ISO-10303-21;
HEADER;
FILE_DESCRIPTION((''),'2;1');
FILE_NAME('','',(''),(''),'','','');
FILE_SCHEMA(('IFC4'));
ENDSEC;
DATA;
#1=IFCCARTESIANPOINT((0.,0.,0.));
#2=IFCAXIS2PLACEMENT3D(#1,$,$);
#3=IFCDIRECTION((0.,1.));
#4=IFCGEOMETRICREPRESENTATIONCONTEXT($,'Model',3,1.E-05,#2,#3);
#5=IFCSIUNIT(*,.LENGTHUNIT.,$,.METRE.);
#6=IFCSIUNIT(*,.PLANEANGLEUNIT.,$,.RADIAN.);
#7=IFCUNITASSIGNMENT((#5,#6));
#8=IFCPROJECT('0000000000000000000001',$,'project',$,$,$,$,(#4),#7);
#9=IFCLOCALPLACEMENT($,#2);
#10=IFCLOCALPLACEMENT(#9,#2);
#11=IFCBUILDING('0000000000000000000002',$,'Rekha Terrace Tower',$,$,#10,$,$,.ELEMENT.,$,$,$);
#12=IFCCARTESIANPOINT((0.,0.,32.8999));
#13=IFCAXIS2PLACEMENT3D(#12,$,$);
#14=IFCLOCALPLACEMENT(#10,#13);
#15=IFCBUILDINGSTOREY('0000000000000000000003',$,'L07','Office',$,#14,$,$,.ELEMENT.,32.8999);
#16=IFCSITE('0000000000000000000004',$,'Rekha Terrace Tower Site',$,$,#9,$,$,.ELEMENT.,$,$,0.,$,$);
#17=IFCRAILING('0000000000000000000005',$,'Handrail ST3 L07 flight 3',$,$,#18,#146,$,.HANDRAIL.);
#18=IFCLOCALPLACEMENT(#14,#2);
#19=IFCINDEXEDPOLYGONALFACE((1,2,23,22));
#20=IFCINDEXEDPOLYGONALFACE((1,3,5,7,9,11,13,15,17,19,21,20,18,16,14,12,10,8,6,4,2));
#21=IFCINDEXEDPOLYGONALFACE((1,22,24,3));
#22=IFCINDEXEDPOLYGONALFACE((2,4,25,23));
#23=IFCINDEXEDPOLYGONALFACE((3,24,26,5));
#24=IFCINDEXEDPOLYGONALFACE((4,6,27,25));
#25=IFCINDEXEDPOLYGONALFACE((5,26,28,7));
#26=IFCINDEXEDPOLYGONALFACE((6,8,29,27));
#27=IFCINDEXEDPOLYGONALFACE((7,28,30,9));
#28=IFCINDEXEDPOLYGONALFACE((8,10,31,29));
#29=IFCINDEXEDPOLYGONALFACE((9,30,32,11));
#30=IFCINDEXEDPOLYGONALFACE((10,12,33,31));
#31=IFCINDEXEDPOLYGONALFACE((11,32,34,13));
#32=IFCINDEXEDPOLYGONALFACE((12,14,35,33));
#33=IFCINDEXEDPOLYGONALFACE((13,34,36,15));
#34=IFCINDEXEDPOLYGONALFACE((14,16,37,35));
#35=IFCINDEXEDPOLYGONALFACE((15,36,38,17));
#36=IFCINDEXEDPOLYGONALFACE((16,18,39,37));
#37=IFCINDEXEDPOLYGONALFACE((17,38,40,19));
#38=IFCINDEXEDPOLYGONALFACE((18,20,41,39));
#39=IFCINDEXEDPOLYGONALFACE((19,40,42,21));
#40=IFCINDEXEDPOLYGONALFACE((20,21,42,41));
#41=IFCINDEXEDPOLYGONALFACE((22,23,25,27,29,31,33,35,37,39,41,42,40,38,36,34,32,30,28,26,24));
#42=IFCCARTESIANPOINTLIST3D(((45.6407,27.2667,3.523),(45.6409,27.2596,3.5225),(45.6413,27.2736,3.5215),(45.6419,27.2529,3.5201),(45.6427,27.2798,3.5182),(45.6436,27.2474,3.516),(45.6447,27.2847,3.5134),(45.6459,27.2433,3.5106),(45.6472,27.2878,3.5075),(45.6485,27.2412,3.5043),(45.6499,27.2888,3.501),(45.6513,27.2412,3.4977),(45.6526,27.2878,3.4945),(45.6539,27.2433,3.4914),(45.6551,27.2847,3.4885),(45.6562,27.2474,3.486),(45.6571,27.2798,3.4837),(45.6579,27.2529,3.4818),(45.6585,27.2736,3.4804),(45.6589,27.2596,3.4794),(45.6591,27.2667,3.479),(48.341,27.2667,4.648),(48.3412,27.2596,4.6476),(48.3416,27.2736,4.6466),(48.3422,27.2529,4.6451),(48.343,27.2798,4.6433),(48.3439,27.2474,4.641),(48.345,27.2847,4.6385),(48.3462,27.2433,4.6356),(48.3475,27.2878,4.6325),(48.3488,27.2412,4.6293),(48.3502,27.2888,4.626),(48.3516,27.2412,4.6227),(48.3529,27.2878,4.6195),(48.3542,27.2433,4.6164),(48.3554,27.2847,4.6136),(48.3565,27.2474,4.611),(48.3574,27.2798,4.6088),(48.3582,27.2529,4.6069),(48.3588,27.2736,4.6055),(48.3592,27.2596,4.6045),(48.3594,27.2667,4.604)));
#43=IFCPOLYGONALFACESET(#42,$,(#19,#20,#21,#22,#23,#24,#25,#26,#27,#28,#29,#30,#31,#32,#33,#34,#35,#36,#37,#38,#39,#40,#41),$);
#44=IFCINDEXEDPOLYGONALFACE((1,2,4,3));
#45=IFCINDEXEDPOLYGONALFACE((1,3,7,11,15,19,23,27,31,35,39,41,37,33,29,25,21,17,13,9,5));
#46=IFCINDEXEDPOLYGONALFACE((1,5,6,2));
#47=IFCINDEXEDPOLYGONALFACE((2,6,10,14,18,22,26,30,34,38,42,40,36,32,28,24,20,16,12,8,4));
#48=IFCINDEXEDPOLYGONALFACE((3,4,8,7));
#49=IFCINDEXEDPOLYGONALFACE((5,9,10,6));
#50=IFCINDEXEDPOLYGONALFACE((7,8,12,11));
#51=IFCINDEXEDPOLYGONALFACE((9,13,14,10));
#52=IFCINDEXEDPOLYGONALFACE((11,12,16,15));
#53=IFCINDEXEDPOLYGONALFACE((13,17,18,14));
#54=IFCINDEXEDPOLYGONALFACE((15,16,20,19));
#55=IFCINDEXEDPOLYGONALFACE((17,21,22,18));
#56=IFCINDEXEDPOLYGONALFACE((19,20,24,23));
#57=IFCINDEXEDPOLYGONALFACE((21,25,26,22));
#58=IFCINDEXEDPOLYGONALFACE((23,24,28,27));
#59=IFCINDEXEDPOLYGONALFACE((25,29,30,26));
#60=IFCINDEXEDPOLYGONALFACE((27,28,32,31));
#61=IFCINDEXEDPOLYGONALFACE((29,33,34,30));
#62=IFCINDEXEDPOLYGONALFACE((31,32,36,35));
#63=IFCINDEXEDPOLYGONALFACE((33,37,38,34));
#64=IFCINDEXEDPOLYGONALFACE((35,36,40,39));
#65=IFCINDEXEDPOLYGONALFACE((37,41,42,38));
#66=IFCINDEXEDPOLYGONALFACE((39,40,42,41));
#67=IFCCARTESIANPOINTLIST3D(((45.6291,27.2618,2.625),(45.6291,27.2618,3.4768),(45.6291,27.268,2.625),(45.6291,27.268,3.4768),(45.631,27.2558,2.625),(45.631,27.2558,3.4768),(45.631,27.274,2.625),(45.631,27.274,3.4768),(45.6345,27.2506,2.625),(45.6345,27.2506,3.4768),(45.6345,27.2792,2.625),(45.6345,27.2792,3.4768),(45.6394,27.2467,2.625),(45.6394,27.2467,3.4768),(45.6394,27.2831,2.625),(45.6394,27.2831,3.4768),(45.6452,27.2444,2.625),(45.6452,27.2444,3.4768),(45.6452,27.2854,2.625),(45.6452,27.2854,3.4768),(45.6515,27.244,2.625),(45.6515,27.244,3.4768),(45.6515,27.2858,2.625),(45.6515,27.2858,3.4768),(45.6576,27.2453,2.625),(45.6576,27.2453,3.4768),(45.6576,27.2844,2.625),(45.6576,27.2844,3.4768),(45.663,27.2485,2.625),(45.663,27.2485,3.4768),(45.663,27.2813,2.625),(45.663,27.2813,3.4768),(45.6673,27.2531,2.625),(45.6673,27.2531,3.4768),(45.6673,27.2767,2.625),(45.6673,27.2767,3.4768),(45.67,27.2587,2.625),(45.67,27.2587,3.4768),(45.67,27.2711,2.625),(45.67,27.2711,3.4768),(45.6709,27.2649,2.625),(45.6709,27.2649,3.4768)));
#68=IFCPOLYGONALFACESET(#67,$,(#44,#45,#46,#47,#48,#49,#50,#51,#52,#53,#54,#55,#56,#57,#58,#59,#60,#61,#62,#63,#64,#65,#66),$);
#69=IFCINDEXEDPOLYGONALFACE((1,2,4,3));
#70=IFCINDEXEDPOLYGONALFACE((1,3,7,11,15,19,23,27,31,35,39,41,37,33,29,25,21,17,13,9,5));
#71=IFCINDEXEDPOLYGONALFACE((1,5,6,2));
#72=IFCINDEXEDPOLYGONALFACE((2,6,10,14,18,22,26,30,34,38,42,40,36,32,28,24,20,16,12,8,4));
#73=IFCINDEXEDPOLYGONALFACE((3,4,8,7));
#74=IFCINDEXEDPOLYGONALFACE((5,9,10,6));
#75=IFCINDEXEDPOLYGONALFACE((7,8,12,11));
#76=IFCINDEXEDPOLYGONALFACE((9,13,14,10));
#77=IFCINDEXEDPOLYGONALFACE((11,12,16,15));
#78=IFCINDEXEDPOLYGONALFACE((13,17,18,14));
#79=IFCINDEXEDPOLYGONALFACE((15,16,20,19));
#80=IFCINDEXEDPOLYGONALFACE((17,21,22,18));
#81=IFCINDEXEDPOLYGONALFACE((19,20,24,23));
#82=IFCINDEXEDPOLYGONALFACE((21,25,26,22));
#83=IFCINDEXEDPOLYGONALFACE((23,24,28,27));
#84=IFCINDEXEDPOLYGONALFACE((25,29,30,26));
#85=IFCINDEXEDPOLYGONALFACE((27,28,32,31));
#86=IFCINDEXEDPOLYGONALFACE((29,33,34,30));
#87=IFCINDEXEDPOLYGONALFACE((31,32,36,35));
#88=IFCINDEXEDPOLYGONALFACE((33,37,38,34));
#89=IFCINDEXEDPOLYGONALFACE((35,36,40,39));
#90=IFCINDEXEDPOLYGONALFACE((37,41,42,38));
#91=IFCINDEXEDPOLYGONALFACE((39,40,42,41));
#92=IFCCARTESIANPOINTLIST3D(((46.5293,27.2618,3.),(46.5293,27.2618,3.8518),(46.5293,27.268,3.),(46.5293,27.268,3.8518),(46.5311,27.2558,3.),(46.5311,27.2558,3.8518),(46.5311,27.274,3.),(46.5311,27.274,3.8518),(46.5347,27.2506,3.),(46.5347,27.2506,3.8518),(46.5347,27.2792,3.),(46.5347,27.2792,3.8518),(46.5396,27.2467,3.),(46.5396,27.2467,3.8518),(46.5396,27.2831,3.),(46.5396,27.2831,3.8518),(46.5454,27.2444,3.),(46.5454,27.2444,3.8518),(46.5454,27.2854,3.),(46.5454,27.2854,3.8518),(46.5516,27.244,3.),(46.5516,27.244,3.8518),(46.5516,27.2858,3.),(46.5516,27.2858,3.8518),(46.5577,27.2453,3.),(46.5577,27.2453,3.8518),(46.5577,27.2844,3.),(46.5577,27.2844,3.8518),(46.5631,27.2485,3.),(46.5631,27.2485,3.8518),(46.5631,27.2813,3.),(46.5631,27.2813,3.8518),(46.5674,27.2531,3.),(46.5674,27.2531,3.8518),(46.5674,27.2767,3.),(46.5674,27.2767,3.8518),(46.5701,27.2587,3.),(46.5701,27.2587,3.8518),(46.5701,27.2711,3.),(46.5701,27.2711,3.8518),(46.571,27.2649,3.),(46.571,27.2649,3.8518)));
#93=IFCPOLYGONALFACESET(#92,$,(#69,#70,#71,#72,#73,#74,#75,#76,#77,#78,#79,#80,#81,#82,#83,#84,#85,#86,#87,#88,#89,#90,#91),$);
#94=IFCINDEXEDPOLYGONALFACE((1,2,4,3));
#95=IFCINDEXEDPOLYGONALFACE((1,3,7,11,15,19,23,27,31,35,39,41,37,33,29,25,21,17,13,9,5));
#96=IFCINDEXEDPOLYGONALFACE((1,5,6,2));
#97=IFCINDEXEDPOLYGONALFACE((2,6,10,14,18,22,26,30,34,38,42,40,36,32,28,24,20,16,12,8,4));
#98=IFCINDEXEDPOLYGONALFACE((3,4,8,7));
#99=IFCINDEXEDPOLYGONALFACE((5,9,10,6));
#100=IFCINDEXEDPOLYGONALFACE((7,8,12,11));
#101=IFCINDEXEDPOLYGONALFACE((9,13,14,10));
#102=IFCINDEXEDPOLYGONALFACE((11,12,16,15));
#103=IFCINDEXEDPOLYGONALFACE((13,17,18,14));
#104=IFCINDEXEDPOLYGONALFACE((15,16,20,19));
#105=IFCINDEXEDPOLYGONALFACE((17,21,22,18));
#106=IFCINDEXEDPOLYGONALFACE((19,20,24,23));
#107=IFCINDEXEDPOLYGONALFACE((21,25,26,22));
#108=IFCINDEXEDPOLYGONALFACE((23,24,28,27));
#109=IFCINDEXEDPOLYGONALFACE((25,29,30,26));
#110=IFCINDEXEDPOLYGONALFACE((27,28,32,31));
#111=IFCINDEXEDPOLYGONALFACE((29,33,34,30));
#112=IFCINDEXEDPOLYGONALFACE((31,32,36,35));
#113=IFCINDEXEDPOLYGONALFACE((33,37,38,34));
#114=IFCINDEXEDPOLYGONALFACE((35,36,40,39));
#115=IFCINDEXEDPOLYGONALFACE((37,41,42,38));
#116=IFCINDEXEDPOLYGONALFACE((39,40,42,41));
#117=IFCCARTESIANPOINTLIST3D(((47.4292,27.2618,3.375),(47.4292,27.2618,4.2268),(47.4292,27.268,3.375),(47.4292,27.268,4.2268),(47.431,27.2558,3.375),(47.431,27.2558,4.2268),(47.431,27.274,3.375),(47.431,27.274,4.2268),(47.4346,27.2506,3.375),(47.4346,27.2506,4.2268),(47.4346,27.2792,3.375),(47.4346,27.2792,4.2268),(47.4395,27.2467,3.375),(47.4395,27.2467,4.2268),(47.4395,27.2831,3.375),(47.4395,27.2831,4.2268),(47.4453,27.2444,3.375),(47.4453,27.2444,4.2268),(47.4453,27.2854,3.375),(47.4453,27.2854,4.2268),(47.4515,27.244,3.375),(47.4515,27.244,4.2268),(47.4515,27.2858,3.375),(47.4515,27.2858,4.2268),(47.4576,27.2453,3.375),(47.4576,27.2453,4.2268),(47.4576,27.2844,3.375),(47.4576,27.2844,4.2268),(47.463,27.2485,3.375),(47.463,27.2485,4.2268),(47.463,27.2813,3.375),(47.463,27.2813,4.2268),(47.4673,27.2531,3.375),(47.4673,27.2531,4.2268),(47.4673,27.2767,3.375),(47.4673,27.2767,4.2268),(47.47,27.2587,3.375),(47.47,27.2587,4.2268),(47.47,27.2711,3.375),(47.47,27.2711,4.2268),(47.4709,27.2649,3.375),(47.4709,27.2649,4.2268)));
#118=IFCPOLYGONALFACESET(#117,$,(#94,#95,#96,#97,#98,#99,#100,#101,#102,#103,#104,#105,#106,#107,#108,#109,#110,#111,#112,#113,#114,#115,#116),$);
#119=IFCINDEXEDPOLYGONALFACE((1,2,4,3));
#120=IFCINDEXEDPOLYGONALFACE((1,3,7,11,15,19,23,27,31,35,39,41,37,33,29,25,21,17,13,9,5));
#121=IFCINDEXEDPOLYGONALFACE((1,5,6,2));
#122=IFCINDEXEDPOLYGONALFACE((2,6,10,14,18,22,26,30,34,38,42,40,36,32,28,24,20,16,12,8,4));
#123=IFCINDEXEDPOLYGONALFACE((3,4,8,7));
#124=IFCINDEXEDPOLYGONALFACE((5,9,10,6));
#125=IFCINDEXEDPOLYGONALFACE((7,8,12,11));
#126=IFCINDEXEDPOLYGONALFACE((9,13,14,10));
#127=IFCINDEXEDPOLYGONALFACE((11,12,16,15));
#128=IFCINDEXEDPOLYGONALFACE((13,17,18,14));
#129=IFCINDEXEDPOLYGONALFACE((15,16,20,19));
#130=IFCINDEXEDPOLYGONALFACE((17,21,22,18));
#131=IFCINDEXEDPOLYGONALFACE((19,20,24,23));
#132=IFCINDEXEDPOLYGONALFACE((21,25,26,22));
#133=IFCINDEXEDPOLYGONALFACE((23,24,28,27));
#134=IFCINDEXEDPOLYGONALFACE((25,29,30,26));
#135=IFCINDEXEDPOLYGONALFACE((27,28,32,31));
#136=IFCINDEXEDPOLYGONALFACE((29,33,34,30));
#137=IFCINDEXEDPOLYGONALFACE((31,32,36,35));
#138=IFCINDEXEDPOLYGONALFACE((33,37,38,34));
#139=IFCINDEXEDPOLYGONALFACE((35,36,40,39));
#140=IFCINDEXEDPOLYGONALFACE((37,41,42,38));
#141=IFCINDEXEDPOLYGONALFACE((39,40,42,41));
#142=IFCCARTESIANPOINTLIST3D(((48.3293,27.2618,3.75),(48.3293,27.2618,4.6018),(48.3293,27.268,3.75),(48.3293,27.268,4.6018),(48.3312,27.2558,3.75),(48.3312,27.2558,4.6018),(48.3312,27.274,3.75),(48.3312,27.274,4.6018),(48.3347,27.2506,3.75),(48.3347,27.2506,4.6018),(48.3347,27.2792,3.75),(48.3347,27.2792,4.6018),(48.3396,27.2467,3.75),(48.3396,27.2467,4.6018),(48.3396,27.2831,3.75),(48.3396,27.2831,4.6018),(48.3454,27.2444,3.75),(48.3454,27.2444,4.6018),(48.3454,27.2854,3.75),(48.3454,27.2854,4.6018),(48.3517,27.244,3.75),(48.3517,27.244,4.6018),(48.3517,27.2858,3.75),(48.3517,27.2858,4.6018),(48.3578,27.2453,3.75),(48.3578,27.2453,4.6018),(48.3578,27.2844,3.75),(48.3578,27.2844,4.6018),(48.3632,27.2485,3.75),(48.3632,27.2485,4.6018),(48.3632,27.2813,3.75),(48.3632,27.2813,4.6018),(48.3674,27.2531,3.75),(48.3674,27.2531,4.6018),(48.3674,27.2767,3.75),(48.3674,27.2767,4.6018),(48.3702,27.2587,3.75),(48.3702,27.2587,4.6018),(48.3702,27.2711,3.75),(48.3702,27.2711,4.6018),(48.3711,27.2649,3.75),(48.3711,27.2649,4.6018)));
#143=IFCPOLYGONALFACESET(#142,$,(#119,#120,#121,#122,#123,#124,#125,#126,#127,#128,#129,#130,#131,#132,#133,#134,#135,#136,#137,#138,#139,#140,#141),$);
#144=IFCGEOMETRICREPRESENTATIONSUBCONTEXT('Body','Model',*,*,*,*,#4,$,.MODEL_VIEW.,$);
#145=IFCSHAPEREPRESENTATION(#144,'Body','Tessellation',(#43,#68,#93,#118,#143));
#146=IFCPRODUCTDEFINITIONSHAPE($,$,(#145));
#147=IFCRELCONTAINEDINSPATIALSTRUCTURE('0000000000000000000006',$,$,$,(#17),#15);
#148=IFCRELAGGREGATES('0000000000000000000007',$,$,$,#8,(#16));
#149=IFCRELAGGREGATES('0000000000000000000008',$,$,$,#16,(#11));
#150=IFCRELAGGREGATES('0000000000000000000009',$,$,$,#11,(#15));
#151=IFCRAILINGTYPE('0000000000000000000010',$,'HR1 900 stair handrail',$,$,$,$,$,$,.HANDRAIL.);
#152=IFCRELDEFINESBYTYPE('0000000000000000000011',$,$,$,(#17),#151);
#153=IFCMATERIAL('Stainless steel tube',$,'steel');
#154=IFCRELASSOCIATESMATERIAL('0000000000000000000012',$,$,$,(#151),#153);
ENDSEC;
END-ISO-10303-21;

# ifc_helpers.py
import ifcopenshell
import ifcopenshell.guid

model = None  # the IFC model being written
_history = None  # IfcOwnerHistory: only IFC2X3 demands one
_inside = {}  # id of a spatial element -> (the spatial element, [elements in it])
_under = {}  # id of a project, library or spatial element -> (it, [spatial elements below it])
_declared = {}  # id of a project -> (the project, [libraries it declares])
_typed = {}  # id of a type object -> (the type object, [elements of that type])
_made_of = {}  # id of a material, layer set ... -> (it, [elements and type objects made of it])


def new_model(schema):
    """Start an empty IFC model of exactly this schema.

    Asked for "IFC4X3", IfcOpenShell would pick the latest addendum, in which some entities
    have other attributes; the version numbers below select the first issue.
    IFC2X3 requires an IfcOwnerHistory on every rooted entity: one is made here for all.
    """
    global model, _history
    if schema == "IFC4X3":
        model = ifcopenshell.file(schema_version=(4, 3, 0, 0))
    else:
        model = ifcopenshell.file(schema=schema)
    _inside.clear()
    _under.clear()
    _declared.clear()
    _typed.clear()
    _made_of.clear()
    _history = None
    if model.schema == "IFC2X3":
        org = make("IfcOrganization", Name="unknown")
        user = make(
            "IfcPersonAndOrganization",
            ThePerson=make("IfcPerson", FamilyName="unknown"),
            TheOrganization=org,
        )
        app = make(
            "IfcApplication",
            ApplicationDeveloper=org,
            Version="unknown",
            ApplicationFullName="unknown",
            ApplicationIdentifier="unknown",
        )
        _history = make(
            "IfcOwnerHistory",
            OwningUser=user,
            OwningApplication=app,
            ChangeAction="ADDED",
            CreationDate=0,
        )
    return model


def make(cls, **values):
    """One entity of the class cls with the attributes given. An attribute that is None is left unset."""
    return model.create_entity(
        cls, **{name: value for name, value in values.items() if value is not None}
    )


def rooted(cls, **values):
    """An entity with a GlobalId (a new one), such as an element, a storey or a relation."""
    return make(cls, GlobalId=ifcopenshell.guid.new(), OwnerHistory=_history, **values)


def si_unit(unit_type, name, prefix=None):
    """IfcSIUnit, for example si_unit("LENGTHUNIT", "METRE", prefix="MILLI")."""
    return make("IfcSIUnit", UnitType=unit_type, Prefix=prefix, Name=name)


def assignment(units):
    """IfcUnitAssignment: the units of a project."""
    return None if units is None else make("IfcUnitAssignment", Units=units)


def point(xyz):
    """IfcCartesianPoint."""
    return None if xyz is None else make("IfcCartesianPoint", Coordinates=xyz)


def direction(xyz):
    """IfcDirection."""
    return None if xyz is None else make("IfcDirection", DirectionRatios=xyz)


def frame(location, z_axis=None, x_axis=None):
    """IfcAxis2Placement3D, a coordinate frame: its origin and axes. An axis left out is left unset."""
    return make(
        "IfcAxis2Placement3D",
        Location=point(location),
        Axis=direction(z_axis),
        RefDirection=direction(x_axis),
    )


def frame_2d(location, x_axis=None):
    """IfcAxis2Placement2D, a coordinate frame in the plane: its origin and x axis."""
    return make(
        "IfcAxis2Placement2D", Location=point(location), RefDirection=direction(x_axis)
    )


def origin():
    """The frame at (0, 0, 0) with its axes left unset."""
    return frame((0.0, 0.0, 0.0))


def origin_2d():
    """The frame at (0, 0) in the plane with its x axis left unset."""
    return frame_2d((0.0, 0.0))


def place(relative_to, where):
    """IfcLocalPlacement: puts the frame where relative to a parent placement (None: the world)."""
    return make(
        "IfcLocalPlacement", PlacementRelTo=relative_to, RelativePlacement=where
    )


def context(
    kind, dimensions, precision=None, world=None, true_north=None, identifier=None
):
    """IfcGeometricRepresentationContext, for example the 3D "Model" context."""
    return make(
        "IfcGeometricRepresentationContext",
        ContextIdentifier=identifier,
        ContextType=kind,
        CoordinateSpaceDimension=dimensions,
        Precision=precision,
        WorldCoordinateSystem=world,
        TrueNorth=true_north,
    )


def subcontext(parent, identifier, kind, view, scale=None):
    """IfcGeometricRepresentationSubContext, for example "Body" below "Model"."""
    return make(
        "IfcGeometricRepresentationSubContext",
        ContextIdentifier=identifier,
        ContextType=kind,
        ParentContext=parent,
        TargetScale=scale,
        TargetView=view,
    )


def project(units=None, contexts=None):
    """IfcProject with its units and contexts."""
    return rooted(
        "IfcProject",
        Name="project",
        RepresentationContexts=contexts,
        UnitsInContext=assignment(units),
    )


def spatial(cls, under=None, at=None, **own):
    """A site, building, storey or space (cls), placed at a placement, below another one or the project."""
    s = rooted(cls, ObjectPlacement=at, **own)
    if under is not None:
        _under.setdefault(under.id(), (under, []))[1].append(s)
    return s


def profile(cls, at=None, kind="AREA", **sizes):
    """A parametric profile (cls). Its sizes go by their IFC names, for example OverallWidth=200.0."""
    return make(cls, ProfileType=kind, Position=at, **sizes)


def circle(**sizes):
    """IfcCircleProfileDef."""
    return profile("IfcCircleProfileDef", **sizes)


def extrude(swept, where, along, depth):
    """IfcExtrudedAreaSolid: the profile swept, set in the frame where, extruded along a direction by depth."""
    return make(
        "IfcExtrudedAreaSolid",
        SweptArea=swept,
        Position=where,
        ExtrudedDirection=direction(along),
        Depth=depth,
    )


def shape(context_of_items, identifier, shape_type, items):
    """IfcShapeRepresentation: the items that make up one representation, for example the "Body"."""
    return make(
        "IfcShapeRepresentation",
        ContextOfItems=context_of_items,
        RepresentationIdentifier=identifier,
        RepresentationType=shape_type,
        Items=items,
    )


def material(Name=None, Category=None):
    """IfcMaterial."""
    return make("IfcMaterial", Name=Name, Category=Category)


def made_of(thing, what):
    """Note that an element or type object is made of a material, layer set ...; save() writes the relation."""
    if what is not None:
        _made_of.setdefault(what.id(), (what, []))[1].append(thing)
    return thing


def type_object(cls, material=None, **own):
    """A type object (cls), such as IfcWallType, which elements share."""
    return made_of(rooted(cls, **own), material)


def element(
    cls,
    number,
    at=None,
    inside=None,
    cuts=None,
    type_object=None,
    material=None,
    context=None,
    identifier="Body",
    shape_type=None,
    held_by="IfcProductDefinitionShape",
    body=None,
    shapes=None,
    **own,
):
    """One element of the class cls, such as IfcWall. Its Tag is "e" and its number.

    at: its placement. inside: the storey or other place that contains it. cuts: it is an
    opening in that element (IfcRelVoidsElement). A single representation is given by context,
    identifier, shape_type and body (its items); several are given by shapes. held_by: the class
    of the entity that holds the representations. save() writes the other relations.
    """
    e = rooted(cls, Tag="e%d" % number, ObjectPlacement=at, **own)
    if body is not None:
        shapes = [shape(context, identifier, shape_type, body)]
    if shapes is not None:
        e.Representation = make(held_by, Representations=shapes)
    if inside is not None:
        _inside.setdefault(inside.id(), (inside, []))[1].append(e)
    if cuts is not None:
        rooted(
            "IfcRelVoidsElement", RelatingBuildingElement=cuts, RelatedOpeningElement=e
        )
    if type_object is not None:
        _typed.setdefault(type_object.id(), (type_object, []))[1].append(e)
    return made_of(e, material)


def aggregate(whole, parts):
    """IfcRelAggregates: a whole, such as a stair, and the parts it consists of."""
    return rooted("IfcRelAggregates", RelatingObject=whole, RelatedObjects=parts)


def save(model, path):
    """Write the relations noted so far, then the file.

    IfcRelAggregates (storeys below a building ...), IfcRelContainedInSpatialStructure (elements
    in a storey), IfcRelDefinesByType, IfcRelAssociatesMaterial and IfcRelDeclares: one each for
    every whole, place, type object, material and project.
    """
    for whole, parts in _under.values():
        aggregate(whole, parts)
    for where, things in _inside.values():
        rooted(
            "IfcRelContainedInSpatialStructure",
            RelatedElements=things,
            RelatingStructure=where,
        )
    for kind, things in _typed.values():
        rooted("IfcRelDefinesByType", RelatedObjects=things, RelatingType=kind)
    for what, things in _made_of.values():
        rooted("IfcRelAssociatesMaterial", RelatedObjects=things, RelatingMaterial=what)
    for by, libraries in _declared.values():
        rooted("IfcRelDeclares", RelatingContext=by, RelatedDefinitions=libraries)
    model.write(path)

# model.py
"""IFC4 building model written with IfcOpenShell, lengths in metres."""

from ifc_helpers import new_model, si_unit, direction, frame, origin, origin_2d, place, context, subcontext, project, spatial, circle, extrude, material, type_object, element, save


model = new_model("IFC4")

# Units and contexts
model_context = context("Model", 3, precision=1e-05, world=origin(), true_north=direction((0.0, 1.0)))
body_context = subcontext(model_context, "Body", "Model", "MODEL_VIEW")
ifc_project = project(units=[si_unit("LENGTHUNIT", "METRE"), si_unit("PLANEANGLEUNIT", "RADIAN")], contexts=[model_context])

# Site, building, storey
site_placement = place(None, origin())
site = spatial("IfcSite", under=ifc_project, at=site_placement, Name="Rekha Terrace Tower Site", CompositionType="ELEMENT", RefElevation=0.0)
building_placement = place(site_placement, origin())
building = spatial("IfcBuilding", under=site, at=building_placement, Name="Rekha Terrace Tower", CompositionType="ELEMENT")
storey_placement = place(building_placement, frame((0.0, 0.0, 32.8999)))
storey = spatial("IfcBuildingStorey", under=building, at=storey_placement, Name="L07", Description="Office", CompositionType="ELEMENT", Elevation=32.8999)

# Railing
ifc_material_1 = material(Name="Stainless steel tube", Category="steel")
railing_type_1 = type_object("IfcRailingType", Name="HR1 900 stair handrail", PredefinedType="HANDRAIL", material=ifc_material_1)
railing_1_placement = place(storey_placement, frame((45.6499, 27.2649, 2.625)))
element("IfcRailing", 1, at=railing_1_placement, inside=storey, type_object=railing_type_1, Name="Handrail ST3 L07 flight 3", PredefinedType="HANDRAIL", context=body_context, shape_type="SweptSolid", body=[
    extrude(circle(Radius=0.0239, at=origin_2d()), frame((0.0, 0.0, 0.876), z_axis=(0.923087, 0.0, 0.384592), x_axis=(0.0, 1.0, 0.0)), (0.0, 0.0, 1.0), 2.9253),
    extrude(circle(Radius=0.021, at=origin_2d()), origin(), (0.0, 0.0, 1.0), 0.8518),
    extrude(circle(Radius=0.021, at=origin_2d()), frame((0.9001, 0.0, 0.375)), (0.0, 0.0, 1.0), 0.8518),
    extrude(circle(Radius=0.021, at=origin_2d()), frame((1.8, 0.0, 0.75)), (0.0, 0.0, 1.0), 0.8518),
    extrude(circle(Radius=0.021, at=origin_2d()), frame((2.7002, 0.0, 1.125)), (0.0, 0.0, 1.0), 0.8518),
])

save(model, "model.ifc")
